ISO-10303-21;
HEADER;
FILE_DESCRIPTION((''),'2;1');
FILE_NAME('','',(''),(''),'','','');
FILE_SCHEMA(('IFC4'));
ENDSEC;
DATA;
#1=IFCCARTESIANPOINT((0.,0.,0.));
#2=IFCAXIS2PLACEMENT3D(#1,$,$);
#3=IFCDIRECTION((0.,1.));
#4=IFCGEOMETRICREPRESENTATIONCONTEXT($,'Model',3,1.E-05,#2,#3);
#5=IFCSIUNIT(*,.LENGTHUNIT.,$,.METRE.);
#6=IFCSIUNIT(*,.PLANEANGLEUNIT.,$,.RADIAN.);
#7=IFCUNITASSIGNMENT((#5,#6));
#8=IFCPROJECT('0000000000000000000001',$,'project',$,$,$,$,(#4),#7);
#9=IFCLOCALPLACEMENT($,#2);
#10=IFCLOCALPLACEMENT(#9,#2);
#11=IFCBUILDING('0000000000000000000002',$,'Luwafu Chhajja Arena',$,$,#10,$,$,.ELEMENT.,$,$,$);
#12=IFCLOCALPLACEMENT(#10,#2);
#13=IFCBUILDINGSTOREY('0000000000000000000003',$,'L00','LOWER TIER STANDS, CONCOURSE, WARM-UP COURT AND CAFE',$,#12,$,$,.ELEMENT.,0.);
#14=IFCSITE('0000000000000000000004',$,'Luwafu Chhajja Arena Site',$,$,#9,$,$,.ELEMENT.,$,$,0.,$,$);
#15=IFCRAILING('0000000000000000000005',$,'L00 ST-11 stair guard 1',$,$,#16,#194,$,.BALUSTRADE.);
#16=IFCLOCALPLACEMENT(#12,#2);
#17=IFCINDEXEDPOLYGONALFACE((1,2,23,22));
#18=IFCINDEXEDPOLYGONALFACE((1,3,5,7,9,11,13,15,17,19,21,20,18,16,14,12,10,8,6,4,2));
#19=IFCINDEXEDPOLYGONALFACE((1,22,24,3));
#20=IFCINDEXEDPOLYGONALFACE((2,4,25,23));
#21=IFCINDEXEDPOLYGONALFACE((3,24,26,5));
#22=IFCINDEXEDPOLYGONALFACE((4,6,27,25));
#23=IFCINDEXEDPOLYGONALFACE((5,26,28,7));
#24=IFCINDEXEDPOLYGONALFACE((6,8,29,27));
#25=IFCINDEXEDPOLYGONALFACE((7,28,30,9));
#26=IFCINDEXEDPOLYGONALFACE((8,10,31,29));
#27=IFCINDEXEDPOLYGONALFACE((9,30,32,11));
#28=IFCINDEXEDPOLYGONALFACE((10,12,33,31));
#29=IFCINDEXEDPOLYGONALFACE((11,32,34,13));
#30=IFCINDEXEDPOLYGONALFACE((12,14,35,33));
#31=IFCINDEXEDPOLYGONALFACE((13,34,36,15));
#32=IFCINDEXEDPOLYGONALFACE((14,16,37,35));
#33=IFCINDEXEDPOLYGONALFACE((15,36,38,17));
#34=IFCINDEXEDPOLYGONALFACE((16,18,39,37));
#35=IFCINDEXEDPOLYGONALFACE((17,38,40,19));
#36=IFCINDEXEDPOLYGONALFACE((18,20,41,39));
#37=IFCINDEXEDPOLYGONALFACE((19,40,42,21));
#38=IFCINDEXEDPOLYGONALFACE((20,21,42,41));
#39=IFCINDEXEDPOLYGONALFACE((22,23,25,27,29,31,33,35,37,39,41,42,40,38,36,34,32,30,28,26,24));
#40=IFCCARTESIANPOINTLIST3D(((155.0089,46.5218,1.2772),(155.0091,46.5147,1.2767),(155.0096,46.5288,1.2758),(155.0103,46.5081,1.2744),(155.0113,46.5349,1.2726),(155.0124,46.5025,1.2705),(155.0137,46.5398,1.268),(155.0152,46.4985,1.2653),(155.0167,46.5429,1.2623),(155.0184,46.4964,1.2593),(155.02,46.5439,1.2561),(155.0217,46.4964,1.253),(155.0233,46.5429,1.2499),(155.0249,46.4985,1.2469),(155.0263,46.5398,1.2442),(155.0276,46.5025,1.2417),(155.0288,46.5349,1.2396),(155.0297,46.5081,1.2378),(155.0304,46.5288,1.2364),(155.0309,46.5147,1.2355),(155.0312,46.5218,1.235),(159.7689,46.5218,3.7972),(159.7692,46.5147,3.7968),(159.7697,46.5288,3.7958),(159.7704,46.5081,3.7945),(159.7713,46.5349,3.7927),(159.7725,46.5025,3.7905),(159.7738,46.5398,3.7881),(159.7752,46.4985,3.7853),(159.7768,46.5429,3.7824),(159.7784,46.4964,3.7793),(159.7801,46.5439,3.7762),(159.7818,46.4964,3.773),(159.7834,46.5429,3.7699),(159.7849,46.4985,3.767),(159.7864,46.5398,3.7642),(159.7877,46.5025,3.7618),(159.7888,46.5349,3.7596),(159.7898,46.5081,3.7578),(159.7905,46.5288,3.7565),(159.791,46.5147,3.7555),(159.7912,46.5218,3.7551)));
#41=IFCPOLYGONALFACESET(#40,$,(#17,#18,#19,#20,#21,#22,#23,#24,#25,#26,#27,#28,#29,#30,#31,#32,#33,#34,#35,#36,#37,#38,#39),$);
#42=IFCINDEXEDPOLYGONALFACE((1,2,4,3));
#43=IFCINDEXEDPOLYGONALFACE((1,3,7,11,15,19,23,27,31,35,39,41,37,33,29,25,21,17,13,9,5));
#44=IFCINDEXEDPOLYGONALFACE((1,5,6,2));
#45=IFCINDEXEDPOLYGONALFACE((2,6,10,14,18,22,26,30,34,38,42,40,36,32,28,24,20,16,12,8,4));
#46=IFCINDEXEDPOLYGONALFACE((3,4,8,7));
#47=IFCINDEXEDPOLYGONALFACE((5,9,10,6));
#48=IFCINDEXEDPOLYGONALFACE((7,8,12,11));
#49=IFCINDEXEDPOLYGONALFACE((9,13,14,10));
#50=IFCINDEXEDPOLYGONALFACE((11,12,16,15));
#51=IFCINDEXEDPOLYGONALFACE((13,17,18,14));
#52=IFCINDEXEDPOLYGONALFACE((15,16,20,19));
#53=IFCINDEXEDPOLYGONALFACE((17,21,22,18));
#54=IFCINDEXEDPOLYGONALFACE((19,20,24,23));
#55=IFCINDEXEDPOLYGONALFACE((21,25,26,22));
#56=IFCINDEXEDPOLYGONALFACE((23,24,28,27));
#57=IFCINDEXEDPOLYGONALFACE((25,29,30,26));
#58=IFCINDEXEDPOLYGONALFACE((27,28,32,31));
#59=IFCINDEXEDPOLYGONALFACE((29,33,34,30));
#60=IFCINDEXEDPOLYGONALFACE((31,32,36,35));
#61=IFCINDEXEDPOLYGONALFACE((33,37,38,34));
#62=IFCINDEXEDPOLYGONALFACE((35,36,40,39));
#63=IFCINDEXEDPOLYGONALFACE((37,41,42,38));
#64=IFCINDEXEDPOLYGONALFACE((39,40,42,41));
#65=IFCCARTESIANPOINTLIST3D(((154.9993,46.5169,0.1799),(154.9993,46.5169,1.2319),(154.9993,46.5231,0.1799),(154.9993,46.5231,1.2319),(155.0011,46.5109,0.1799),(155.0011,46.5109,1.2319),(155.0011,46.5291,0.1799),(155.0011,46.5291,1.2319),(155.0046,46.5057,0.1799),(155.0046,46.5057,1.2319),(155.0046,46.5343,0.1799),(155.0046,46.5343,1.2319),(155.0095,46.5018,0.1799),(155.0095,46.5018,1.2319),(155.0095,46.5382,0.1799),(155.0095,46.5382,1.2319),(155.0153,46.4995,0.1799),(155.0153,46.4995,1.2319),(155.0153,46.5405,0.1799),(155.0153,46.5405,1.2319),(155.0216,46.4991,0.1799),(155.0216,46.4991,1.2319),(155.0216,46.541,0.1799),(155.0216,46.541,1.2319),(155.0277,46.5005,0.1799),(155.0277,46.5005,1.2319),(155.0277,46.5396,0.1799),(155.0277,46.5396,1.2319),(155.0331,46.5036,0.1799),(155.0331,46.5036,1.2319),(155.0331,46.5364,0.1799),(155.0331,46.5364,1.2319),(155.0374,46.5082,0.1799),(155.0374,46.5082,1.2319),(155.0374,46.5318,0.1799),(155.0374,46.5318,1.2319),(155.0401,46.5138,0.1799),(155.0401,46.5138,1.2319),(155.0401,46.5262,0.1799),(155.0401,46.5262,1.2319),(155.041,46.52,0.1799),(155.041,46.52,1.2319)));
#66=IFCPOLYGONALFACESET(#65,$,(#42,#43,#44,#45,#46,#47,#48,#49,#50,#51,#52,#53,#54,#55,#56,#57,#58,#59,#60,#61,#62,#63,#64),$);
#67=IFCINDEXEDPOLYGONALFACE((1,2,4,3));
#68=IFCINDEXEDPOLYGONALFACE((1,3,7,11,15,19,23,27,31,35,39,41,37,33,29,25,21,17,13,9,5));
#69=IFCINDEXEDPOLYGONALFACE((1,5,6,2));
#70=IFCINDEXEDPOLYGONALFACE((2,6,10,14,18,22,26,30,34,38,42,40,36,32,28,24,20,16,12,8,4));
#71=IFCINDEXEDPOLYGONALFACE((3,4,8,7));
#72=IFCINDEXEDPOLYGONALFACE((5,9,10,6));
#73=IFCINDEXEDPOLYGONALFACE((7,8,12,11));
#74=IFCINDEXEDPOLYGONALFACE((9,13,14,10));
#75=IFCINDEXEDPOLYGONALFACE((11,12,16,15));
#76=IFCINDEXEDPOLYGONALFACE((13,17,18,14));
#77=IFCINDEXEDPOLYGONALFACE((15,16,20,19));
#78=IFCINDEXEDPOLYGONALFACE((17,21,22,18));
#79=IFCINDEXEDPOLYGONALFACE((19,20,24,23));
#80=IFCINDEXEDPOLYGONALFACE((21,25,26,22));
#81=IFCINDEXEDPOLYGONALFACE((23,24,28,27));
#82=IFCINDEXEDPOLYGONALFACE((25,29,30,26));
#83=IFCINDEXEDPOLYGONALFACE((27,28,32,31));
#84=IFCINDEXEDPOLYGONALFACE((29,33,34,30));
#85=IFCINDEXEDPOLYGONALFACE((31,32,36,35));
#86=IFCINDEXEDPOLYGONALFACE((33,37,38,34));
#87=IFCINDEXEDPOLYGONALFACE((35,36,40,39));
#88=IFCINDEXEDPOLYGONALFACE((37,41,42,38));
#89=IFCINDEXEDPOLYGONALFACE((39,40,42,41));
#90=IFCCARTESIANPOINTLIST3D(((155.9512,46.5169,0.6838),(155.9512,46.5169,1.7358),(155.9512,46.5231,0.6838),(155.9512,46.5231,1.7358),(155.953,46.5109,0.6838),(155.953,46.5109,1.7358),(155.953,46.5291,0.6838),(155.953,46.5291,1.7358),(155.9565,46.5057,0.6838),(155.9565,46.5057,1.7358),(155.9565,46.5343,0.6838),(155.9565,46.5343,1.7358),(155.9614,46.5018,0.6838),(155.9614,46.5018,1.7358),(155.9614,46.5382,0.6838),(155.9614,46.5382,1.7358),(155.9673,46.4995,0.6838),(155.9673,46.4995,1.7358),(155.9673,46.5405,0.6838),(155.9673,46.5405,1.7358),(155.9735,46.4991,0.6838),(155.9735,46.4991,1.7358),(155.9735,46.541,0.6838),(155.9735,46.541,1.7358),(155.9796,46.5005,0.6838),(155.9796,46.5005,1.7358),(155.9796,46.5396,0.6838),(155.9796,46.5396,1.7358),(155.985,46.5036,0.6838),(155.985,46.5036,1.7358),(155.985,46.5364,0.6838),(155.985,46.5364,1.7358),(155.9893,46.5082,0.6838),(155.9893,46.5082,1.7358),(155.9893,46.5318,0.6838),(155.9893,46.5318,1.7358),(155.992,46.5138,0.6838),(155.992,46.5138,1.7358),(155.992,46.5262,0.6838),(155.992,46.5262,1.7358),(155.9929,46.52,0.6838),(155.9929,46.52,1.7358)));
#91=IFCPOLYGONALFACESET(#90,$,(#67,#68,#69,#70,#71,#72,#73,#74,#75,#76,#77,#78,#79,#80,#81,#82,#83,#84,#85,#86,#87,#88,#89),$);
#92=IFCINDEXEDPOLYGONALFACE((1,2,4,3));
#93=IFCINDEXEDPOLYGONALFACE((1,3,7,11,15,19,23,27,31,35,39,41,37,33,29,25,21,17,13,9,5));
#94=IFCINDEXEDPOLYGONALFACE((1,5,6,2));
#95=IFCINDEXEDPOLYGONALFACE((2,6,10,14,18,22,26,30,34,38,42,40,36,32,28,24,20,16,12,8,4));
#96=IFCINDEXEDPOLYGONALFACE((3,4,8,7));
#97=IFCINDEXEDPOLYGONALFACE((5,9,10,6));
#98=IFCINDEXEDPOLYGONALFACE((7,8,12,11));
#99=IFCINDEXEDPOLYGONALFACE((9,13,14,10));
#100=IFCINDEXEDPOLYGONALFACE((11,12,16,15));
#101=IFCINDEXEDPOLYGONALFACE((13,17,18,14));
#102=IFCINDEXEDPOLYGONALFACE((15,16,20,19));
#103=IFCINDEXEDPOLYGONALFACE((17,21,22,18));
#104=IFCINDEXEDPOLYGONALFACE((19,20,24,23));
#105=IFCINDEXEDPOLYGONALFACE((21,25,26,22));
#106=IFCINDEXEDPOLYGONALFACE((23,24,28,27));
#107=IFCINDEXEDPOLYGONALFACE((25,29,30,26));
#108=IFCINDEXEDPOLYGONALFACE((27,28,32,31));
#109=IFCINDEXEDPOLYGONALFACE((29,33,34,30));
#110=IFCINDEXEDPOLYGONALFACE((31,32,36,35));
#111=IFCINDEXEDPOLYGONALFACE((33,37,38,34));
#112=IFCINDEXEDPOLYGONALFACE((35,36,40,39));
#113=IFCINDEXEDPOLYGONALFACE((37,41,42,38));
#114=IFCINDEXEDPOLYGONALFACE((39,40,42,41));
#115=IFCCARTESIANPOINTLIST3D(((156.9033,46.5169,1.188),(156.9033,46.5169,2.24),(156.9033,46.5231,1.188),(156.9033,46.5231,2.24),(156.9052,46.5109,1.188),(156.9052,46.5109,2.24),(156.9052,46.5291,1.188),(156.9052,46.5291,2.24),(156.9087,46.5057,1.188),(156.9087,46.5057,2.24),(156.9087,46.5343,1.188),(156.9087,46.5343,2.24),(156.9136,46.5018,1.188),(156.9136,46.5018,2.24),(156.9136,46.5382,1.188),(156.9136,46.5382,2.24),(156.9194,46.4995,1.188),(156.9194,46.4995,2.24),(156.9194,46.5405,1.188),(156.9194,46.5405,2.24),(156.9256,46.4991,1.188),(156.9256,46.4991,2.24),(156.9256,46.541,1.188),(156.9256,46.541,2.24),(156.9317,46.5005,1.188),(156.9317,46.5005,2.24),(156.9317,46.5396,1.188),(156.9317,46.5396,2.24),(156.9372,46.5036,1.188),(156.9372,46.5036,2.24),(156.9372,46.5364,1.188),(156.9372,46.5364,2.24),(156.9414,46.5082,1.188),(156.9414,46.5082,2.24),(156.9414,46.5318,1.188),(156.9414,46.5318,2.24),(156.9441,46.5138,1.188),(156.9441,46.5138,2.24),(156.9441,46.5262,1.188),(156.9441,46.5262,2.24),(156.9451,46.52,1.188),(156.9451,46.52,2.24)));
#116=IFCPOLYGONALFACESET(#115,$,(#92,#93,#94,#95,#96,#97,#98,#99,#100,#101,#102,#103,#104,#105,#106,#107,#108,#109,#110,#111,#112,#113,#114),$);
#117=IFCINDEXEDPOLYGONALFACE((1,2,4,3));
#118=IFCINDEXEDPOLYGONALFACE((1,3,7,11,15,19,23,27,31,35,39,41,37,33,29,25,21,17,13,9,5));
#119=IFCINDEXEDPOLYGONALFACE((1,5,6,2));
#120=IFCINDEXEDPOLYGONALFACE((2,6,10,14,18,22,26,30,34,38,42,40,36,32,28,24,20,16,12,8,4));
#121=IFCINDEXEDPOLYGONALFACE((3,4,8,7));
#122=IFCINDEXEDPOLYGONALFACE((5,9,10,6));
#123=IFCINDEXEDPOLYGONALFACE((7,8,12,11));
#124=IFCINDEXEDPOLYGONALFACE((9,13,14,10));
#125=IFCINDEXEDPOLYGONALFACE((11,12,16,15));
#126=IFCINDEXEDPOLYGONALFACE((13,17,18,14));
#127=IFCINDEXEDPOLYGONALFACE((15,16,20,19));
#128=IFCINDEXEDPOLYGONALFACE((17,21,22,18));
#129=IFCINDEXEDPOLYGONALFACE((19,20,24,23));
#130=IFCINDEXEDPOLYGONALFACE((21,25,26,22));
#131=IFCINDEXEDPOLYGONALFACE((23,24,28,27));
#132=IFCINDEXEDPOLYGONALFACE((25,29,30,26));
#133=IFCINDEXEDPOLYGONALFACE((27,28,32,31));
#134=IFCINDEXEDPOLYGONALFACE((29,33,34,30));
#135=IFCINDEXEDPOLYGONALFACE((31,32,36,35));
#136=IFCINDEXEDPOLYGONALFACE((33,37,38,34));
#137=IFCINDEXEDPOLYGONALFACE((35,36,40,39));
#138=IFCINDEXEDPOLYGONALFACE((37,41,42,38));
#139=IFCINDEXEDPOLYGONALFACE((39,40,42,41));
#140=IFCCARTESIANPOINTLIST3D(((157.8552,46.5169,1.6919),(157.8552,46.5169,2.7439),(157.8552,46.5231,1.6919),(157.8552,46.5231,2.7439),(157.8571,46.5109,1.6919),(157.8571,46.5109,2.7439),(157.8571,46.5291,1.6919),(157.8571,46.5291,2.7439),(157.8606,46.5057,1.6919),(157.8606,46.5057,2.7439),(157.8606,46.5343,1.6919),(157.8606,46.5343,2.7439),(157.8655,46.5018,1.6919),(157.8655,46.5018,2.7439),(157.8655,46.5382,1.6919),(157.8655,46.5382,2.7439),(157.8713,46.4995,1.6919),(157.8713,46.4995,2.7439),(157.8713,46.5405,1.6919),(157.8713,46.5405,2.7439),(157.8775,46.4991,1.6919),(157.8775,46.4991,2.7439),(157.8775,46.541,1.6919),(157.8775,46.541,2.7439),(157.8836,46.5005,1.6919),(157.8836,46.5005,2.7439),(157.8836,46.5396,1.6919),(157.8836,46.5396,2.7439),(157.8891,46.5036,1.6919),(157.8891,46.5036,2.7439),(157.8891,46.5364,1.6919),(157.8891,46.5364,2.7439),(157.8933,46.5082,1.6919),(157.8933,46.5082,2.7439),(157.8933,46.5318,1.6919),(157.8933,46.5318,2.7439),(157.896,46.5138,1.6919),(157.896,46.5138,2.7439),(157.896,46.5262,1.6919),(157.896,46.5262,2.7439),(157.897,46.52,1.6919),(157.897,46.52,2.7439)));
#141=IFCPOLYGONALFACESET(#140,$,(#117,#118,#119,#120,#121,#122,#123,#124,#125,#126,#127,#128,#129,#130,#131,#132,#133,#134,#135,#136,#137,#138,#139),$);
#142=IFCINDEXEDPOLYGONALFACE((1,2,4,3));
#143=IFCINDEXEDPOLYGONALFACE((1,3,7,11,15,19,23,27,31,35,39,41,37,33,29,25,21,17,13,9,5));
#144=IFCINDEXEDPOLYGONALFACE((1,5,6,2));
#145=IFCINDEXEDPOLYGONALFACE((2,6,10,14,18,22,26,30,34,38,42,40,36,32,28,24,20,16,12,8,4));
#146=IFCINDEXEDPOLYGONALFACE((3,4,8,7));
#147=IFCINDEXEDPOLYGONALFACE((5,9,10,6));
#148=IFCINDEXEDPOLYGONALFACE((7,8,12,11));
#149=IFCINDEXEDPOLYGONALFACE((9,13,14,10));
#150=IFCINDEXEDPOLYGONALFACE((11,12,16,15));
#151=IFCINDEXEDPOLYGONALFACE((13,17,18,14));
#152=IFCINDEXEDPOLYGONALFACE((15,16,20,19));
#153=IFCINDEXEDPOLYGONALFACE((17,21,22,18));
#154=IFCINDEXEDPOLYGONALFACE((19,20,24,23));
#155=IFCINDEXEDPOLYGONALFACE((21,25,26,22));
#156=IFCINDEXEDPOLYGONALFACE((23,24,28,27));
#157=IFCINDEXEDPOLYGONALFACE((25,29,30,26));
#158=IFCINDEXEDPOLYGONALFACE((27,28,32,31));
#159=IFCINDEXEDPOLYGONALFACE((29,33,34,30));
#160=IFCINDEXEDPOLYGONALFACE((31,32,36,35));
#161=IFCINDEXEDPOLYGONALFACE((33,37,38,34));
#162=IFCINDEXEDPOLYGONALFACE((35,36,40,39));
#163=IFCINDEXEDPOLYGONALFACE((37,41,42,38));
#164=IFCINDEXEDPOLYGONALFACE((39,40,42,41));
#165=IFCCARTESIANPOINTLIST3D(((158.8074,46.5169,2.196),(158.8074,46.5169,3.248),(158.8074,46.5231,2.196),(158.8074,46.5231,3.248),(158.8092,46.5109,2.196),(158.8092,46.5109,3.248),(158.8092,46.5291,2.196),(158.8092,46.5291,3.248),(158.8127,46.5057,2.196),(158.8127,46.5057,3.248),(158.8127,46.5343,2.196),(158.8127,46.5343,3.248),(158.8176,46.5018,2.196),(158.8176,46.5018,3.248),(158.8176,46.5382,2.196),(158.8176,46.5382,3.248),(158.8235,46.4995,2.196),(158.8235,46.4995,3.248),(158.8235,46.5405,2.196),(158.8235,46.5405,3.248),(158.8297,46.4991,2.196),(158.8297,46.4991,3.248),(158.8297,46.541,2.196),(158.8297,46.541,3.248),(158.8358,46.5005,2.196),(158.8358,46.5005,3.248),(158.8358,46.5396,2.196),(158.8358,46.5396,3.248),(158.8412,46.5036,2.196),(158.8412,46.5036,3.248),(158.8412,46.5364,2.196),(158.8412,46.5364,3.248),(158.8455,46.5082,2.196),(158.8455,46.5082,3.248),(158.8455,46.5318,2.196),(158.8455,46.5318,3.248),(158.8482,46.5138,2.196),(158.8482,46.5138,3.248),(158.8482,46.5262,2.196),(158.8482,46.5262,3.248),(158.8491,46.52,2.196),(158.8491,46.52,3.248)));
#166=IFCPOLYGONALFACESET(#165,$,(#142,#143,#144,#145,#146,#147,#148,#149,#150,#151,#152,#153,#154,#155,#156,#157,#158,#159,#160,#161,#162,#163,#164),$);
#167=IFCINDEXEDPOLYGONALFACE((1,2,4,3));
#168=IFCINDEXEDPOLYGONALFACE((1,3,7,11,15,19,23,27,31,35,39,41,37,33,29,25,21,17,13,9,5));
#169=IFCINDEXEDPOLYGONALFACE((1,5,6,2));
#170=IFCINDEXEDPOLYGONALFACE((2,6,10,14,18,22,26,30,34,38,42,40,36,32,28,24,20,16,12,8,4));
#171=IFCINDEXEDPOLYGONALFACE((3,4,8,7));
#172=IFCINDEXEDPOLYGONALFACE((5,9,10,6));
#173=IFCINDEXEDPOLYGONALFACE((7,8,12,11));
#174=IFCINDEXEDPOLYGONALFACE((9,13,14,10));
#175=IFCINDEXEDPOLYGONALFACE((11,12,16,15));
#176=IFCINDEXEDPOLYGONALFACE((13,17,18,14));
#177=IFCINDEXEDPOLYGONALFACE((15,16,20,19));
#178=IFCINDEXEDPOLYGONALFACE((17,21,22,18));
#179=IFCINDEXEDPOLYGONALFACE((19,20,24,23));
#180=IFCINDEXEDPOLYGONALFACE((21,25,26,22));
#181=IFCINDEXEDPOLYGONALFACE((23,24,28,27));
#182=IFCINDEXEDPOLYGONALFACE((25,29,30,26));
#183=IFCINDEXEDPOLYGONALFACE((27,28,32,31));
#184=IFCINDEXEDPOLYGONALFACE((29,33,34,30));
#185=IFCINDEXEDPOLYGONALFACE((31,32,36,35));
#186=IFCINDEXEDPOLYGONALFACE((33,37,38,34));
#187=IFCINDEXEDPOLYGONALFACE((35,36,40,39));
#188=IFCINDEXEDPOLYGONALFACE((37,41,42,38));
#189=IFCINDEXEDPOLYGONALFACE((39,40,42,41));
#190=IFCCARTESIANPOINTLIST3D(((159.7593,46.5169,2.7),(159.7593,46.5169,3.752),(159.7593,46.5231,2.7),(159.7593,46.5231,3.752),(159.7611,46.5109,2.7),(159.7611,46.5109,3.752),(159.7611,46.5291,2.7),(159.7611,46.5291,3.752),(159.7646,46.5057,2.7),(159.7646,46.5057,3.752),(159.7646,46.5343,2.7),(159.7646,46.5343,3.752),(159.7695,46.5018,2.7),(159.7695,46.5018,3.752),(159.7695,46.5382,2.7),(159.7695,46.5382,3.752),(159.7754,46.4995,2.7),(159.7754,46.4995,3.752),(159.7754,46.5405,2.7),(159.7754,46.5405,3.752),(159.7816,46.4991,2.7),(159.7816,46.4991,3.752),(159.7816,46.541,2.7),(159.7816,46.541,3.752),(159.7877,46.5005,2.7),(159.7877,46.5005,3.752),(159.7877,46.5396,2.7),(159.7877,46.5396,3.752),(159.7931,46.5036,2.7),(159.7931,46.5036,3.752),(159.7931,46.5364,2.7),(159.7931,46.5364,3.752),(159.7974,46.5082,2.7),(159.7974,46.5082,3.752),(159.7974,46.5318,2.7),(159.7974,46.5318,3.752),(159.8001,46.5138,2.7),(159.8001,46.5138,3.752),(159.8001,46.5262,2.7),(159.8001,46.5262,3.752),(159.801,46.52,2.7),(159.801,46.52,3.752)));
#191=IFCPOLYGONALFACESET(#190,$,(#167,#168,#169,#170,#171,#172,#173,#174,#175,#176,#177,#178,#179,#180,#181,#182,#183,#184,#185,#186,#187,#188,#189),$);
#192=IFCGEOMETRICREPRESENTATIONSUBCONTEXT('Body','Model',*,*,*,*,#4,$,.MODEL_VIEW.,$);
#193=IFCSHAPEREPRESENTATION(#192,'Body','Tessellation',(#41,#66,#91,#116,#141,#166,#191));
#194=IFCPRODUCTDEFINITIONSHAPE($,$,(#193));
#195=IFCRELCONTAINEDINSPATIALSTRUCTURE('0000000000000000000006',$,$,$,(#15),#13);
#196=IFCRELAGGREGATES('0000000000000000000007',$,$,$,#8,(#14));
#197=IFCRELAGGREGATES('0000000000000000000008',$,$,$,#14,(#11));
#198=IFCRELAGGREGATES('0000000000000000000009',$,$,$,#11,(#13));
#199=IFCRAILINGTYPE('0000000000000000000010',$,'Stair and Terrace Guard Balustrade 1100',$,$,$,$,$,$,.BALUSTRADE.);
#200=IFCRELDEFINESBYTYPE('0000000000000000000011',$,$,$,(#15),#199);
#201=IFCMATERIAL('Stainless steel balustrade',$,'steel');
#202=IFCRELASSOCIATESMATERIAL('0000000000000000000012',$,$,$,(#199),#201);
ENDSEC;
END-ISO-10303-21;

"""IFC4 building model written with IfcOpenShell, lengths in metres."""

from ifc_helpers import new_model, si_unit, direction, frame, origin, origin_2d, place, context, subcontext, project, spatial, circle, extrude, material, type_object, element, save


model = new_model("IFC4")

# Units and contexts
model_context = context("Model", 3, precision=1e-05, world=origin(), true_north=direction((0.0, 1.0)))
body_context = subcontext(model_context, "Body", "Model", "MODEL_VIEW")
ifc_project = project(units=[si_unit("LENGTHUNIT", "METRE"), si_unit("PLANEANGLEUNIT", "RADIAN")], contexts=[model_context])

# Site, building, storey
site_placement = place(None, origin())
site = spatial("IfcSite", under=ifc_project, at=site_placement, Name="Luwafu Chhajja Arena Site", CompositionType="ELEMENT", RefElevation=0.0)
building_placement = place(site_placement, origin())
building = spatial("IfcBuilding", under=site, at=building_placement, Name="Luwafu Chhajja Arena", CompositionType="ELEMENT")
storey_placement = place(building_placement, origin())
storey = spatial("IfcBuildingStorey", under=building, at=storey_placement, Name="L00", Description="LOWER TIER STANDS, CONCOURSE, WARM-UP COURT AND CAFE", CompositionType="ELEMENT", Elevation=0.0)

# Railing
ifc_material_1 = material(Name="Stainless steel balustrade", Category="steel")
railing_type_1 = type_object("IfcRailingType", Name="Stair and Terrace Guard Balustrade 1100", PredefinedType="BALUSTRADE", material=ifc_material_1)
railing_1_placement = place(storey_placement, frame((155.02, 46.52, 0.1799)))
element("IfcRailing", 1, at=railing_1_placement, inside=storey, type_object=railing_type_1, Name="L00 ST-11 stair guard 1", PredefinedType="BALUSTRADE", context=body_context, shape_type="SweptSolid", body=[
    extrude(circle(Radius=0.0239, at=origin_2d()), frame((0.0, 0.0, 1.0762), z_axis=(0.883787, 0.0, 0.46789), x_axis=(0.0, 1.0, 0.0)), (0.0, 0.0, 1.0), 5.386),
    extrude(circle(Radius=0.021, at=origin_2d()), origin(), (0.0, 0.0, 1.0), 1.052),
    extrude(circle(Radius=0.021, at=origin_2d()), frame((0.9519, 0.0, 0.5039)), (0.0, 0.0, 1.0), 1.052),
    extrude(circle(Radius=0.021, at=origin_2d()), frame((1.9041, 0.0, 1.0081)), (0.0, 0.0, 1.0), 1.052),
    extrude(circle(Radius=0.021, at=origin_2d()), frame((2.856, 0.0, 1.512)), (0.0, 0.0, 1.0), 1.052),
    extrude(circle(Radius=0.021, at=origin_2d()), frame((3.8081, 0.0, 2.0161)), (0.0, 0.0, 1.0), 1.052),
    extrude(circle(Radius=0.021, at=origin_2d()), frame((4.76, 0.0, 2.52)), (0.0, 0.0, 1.0), 1.052),
])

save(model, "model.ifc")
